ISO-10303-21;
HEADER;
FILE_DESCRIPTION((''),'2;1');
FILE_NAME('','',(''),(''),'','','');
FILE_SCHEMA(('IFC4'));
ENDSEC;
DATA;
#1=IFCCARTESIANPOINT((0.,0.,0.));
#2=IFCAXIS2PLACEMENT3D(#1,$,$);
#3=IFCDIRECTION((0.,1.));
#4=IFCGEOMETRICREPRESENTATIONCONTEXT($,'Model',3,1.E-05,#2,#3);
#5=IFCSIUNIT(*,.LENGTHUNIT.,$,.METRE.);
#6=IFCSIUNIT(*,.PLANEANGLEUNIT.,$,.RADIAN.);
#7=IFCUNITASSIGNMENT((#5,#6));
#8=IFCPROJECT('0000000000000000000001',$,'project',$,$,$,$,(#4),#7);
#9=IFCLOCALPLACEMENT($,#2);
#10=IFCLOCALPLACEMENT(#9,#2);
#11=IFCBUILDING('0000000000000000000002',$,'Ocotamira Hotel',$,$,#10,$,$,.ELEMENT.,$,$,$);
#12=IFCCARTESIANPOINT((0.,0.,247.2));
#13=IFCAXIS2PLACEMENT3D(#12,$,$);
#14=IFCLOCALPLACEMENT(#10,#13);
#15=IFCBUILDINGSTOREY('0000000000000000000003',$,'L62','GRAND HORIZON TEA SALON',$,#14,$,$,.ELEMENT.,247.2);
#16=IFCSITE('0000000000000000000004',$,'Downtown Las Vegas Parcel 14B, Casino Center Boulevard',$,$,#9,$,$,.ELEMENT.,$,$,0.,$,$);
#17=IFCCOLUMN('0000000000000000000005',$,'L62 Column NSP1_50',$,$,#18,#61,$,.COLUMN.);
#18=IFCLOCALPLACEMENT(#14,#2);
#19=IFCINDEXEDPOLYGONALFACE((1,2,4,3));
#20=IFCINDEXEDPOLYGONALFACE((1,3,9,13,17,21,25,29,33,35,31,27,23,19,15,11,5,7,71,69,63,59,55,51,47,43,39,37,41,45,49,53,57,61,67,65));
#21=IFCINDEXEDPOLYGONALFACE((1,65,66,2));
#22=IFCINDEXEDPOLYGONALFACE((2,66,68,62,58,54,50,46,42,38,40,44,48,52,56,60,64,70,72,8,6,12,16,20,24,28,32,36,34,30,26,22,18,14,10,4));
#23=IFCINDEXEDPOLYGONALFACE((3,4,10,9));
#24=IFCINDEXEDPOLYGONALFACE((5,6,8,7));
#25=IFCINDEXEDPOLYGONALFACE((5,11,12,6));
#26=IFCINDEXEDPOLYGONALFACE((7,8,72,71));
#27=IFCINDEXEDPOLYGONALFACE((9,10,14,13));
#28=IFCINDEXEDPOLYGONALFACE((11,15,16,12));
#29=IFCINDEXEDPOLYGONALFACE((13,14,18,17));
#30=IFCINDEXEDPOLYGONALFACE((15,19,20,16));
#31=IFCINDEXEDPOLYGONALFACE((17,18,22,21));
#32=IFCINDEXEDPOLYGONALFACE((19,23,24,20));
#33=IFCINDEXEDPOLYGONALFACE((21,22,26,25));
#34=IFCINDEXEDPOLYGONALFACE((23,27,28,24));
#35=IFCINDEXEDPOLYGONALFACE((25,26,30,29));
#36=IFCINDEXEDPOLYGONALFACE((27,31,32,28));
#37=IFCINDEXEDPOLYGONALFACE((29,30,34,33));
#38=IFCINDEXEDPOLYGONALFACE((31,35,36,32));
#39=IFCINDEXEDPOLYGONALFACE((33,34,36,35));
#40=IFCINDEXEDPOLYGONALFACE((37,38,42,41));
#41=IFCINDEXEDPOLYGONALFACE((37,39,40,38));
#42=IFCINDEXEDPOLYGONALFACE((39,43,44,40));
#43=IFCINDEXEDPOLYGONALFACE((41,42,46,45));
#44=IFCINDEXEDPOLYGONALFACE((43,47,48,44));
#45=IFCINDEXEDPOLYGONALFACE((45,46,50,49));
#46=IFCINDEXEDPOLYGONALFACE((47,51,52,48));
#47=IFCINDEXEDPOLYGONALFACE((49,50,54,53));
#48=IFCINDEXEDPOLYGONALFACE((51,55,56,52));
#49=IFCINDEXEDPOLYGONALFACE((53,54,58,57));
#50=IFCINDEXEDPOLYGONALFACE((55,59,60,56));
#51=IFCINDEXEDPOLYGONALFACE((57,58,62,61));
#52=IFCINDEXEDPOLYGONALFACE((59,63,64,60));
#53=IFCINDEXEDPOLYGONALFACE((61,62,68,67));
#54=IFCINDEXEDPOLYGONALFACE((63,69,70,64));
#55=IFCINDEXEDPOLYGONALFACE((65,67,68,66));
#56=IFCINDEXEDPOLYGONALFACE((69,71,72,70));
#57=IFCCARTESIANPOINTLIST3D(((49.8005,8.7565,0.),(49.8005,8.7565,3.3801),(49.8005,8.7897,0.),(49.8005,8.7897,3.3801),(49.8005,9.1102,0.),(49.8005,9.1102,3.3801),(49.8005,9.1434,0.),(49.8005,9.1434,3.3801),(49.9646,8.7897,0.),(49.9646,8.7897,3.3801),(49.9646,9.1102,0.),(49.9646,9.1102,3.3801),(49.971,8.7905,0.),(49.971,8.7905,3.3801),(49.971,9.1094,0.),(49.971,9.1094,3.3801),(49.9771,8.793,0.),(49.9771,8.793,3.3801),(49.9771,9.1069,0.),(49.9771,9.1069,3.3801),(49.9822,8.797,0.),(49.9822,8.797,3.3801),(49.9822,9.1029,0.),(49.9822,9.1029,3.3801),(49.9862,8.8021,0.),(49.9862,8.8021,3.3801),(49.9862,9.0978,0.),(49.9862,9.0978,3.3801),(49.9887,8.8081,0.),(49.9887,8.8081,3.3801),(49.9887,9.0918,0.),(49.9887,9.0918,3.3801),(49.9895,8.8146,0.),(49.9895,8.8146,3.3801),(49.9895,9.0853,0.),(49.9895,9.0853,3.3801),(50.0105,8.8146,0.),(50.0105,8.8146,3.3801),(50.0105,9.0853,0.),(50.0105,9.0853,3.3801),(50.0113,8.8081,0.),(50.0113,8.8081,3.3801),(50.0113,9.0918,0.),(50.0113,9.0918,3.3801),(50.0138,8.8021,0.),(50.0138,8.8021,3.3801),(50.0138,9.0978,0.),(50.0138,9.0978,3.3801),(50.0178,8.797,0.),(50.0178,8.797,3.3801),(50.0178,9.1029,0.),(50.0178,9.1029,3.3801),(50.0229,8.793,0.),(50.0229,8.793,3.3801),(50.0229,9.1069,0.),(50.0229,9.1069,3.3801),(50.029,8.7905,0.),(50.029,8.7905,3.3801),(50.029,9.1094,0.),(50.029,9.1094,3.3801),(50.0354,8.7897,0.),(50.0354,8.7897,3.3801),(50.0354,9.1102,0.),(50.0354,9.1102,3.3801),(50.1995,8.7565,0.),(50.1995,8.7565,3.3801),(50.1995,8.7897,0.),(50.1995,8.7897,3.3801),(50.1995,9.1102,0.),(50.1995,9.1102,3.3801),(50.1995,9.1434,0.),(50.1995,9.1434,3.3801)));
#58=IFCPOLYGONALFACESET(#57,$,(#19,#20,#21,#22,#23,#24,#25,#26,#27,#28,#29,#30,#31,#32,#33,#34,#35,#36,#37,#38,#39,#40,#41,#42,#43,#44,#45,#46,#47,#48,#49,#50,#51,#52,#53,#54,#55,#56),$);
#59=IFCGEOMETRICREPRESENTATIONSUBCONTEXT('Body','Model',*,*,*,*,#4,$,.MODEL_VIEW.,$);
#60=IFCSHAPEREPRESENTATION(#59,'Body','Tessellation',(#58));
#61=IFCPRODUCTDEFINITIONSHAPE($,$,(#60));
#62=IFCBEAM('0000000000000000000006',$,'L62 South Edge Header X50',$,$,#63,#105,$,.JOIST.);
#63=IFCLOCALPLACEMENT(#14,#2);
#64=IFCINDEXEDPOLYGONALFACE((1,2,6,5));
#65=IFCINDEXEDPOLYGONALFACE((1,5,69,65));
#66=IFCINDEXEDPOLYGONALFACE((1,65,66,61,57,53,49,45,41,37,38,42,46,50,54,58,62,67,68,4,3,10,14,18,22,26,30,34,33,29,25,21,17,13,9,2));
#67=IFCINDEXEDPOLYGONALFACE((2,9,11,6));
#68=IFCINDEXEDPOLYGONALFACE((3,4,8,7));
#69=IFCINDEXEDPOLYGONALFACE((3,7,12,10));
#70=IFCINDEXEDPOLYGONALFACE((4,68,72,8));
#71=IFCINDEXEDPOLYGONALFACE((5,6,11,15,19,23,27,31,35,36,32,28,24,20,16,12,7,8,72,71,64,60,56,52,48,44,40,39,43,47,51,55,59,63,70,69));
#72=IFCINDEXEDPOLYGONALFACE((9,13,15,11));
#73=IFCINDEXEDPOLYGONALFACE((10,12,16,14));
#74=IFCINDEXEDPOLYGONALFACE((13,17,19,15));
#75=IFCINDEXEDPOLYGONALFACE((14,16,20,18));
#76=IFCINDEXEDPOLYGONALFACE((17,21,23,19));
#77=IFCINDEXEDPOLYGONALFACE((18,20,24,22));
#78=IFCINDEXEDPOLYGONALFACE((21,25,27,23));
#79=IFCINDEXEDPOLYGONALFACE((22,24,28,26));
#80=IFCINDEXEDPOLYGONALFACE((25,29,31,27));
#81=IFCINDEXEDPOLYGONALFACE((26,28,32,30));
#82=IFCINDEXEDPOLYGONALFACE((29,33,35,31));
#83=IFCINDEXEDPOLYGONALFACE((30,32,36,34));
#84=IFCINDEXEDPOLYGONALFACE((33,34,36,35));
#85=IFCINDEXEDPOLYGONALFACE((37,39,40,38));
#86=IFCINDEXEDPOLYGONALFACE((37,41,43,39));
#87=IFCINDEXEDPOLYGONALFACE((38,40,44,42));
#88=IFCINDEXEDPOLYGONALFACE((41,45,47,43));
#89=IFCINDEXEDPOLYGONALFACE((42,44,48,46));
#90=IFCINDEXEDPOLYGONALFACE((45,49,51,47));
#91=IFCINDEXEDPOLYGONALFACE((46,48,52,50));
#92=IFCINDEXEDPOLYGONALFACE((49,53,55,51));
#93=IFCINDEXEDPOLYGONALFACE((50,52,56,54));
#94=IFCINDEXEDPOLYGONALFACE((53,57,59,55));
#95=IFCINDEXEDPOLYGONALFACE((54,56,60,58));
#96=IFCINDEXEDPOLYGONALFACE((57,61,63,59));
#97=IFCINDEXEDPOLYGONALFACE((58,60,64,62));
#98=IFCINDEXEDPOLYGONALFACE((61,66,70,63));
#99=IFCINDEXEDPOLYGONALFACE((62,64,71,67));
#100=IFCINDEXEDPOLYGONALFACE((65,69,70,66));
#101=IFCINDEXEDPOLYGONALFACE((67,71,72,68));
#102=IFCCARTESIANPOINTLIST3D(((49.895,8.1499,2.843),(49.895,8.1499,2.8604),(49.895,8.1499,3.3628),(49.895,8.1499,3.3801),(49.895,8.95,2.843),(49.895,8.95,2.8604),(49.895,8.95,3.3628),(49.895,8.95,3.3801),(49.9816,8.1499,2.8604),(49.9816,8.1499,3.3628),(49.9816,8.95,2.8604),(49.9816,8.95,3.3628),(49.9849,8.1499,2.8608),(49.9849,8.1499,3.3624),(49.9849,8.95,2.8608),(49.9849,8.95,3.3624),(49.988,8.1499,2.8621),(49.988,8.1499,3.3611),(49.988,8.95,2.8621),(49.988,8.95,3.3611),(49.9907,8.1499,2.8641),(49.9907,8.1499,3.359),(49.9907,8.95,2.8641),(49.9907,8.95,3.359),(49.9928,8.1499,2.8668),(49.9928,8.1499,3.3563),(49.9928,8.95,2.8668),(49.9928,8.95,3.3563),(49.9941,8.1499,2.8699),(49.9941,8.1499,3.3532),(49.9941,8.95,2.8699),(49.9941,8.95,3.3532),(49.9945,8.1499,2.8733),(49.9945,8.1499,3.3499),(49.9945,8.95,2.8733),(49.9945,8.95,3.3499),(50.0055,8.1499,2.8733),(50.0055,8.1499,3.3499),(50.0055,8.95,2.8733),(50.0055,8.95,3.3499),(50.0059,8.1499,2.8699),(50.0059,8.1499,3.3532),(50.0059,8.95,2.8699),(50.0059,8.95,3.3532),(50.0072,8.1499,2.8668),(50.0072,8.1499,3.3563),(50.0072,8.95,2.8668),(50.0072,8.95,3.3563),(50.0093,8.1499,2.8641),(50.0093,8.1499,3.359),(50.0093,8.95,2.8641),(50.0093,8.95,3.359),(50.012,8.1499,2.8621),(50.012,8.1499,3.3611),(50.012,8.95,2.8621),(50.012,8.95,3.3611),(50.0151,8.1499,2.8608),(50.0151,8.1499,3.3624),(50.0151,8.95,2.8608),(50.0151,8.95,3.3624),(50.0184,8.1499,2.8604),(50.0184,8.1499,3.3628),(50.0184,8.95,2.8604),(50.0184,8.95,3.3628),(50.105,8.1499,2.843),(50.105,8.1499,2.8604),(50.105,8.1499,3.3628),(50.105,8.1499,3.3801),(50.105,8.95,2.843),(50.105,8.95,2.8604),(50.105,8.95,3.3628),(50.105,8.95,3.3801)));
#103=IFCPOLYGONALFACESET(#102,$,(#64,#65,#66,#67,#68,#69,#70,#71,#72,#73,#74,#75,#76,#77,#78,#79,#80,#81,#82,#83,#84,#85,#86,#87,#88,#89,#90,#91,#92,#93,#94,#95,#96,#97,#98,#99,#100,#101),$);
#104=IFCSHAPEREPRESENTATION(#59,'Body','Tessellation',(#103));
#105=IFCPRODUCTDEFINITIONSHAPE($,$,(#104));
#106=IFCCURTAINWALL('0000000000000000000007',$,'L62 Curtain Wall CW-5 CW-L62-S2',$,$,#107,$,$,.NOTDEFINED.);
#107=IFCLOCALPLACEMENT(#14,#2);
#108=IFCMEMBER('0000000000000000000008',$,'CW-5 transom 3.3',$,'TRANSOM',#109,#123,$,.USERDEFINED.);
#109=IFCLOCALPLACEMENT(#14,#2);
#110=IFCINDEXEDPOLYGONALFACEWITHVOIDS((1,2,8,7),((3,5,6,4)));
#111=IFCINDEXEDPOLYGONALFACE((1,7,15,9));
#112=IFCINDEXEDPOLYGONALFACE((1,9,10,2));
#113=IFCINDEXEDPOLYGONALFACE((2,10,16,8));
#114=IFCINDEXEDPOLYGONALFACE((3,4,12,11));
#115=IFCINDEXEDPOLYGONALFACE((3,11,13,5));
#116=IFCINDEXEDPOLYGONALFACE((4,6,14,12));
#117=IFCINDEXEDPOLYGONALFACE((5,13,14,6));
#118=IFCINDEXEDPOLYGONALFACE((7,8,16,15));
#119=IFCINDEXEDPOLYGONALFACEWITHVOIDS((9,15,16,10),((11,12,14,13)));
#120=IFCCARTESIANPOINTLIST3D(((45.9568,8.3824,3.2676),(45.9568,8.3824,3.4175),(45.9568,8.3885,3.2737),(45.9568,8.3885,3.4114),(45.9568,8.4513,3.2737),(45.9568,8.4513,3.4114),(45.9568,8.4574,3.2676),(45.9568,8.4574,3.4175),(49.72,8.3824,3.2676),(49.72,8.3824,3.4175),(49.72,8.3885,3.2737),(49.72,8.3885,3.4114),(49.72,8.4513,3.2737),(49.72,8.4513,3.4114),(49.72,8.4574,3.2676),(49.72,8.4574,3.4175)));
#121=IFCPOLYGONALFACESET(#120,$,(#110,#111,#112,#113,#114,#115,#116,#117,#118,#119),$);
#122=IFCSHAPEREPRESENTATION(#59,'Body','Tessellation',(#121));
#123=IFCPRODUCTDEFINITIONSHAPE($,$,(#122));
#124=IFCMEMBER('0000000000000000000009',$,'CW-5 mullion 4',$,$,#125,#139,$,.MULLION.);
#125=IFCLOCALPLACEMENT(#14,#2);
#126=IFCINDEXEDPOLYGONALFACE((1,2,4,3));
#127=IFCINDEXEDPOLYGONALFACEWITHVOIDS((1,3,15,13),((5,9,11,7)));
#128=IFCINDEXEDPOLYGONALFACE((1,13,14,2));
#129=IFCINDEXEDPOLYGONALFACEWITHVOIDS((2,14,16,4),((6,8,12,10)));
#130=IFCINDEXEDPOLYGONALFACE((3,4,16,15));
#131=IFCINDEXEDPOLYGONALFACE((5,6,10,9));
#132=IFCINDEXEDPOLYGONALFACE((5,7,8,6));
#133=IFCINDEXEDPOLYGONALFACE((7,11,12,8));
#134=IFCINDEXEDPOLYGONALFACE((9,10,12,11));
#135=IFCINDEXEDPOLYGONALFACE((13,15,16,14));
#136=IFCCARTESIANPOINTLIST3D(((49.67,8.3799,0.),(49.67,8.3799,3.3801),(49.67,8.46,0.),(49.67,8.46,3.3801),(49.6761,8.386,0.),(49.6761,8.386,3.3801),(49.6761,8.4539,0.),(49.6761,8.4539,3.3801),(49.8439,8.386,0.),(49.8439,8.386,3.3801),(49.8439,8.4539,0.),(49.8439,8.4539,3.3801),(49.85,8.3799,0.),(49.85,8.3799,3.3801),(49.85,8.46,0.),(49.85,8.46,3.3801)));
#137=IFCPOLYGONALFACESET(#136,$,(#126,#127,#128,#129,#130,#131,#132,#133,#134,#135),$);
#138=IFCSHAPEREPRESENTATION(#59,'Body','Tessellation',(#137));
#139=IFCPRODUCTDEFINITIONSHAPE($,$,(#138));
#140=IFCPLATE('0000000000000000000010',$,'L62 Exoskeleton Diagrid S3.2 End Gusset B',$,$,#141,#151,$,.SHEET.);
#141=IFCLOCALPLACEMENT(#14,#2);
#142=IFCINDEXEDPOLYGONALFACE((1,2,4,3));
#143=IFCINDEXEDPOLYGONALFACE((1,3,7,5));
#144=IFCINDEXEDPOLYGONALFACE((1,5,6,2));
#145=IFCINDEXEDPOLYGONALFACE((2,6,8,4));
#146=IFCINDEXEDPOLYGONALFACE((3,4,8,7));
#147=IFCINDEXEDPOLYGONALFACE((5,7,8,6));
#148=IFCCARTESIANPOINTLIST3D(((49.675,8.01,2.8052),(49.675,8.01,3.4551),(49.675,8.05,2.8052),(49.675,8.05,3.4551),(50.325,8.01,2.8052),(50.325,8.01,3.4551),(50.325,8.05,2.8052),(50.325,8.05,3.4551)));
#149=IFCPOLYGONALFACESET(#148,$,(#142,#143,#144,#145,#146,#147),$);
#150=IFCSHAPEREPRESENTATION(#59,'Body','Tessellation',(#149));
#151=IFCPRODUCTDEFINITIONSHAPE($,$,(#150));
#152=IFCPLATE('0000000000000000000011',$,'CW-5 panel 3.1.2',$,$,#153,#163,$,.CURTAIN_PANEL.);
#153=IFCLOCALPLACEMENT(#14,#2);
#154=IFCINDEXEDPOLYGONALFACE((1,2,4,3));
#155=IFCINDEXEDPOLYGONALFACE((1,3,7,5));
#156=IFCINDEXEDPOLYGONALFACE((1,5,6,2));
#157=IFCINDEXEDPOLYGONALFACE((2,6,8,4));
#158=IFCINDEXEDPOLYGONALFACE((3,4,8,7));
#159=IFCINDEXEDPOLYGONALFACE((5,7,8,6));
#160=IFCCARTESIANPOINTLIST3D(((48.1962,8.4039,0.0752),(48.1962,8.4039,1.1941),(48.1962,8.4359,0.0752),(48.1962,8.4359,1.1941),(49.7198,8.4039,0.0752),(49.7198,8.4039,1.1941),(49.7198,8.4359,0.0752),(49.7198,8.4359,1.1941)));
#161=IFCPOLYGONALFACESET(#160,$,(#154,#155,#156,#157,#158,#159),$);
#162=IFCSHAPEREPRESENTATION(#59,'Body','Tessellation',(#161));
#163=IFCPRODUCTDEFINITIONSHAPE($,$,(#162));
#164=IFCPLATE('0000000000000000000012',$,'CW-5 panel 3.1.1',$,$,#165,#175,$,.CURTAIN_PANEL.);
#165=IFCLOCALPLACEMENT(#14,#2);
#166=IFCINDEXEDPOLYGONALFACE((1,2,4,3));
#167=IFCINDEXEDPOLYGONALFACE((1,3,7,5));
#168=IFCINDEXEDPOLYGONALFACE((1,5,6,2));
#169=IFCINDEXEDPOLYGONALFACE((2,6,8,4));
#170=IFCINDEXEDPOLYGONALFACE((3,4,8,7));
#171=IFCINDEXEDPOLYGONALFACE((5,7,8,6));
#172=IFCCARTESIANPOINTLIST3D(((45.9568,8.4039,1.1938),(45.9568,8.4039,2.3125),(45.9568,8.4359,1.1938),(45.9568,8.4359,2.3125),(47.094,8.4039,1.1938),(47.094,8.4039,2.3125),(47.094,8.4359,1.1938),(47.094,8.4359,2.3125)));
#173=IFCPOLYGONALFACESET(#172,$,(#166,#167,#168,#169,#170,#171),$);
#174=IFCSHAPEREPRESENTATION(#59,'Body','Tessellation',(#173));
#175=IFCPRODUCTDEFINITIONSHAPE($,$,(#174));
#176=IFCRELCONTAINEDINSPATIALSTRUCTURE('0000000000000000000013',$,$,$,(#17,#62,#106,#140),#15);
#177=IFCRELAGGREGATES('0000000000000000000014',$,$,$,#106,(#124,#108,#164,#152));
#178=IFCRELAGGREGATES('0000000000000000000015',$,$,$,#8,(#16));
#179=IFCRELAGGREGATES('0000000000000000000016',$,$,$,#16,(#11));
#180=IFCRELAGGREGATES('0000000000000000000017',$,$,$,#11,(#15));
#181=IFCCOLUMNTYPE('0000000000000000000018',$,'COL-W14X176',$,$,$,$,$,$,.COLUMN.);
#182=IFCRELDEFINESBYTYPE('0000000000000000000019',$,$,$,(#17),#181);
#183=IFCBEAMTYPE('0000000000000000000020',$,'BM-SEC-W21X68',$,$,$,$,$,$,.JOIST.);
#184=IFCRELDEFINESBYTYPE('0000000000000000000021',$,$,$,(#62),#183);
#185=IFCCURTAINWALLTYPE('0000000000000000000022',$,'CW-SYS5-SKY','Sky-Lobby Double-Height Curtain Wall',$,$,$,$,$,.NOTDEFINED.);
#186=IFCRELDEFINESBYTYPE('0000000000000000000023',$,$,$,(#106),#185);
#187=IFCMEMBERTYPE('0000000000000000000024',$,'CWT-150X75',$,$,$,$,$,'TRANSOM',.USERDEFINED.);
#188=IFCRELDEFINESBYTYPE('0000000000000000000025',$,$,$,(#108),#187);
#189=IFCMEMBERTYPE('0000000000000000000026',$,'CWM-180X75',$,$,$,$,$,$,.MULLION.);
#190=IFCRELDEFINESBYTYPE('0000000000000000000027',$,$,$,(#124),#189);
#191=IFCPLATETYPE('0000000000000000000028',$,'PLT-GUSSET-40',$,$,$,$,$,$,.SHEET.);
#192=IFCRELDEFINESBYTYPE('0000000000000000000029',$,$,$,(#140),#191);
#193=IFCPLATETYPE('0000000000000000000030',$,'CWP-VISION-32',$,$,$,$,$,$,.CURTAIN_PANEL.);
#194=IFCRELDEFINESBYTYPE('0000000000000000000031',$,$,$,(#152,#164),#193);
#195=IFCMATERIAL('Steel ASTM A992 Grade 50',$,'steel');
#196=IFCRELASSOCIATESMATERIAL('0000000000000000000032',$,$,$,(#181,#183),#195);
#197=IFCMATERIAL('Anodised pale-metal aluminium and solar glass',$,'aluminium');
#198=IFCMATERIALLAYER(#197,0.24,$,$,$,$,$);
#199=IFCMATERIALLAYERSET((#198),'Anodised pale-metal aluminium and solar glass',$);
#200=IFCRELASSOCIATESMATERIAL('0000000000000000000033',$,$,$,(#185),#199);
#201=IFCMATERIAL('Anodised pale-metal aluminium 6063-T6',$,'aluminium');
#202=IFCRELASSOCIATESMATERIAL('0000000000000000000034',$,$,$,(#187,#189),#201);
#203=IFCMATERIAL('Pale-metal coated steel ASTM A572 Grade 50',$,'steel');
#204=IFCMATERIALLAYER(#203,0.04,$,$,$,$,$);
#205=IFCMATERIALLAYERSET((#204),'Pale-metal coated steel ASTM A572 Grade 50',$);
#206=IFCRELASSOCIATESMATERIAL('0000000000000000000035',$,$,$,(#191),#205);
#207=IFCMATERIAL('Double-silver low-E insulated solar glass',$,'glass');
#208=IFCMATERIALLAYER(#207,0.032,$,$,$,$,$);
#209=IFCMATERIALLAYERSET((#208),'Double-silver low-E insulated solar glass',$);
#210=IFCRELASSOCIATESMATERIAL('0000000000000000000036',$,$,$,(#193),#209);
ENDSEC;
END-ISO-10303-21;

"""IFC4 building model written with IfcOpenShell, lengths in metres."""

from ifc_helpers import new_model, si_unit, direction, frame, origin, origin_2d, place, context, subcontext, project, spatial, rectangle, hollow_rectangle, i_section, extrude, source, transform, mapped, material, layer, layer_set, material_profile, profile_set, type_object, element, aggregate, save


model = new_model("IFC4")

# Units and contexts
model_context = context("Model", 3, precision=1e-05, world=origin(), true_north=direction((0.0, 1.0)))
body_context = subcontext(model_context, "Body", "Model", "MODEL_VIEW")
ifc_project = project(units=[si_unit("LENGTHUNIT", "METRE"), si_unit("PLANEANGLEUNIT", "RADIAN")], contexts=[model_context])

# Site, building, storey
site_placement = place(None, origin())
site = spatial("IfcSite", under=ifc_project, at=site_placement, Name="Downtown Las Vegas Parcel 14B, Casino Center Boulevard", CompositionType="ELEMENT", RefElevation=0.0)
building_placement = place(site_placement, origin())
building = spatial("IfcBuilding", under=site, at=building_placement, Name="Ocotamira Hotel", CompositionType="ELEMENT")
storey_placement = place(building_placement, frame((0.0, 0.0, 247.2)))
storey = spatial("IfcBuildingStorey", under=building, at=storey_placement, Name="L62", Description="GRAND HORIZON TEA SALON", CompositionType="ELEMENT", Elevation=247.2)

# Column
ifc_material_1 = material(Name="Steel ASTM A992 Grade 50", Category="steel")
ifc_material_profile_1 = material_profile(ifc_material_1, i_section(OverallWidth=0.3989, OverallDepth=0.387, WebThickness=0.021, FlangeThickness=0.0332, FilletRadius=0.0249, at=origin_2d()), Name="W14X176")
ifc_profile_set_1 = profile_set([ifc_material_profile_1], Name="Steel ASTM A992 Grade 50")
column_type = type_object("IfcColumnType", Name="COL-W14X176", PredefinedType="COLUMN", material=ifc_profile_set_1)
shared_shape_1 = source(origin(), body_context, "Body", "SweptSolid", [
    extrude(i_section(OverallWidth=0.3989, OverallDepth=0.387, WebThickness=0.021, FlangeThickness=0.0332, FilletRadius=0.0249, at=origin_2d()), origin(), (0.0, 0.0, 1.0), 3.3801),
])
column_placement = place(storey_placement, frame((50.0, 8.95, 0.0), z_axis=(0.0, 0.0, 1.0), x_axis=(1.0, 0.0, 0.0)))
element("IfcColumn", 1, at=column_placement, inside=storey, type_object=column_type, Name="L62 Column NSP1_50", PredefinedType="COLUMN", context=body_context, shape_type="MappedRepresentation", body=[
    mapped(shared_shape_1, transform((0.0, 0.0, 0.0), scale=1.0)),
])

# Beam
ifc_material_profile_2 = material_profile(ifc_material_1, i_section(OverallWidth=0.21, OverallDepth=0.5371, WebThickness=0.011, FlangeThickness=0.0173, FilletRadius=0.0129, at=origin_2d()), Name="W21X68")
ifc_profile_set_2 = profile_set([ifc_material_profile_2], Name="Steel ASTM A992 Grade 50")
beam_type = type_object("IfcBeamType", Name="BM-SEC-W21X68", PredefinedType="JOIST", material=ifc_profile_set_2)
shared_shape_2 = source(origin(), body_context, "Body", "SweptSolid", [
    extrude(i_section(OverallWidth=0.21, OverallDepth=0.5371, WebThickness=0.011, FlangeThickness=0.0173, FilletRadius=0.0129, at=origin_2d()), origin(), (0.0, 0.0, 1.0), 0.8),
])
beam_placement = place(storey_placement, frame((50.0, 8.95, 3.1116), z_axis=(0.0, -1.0, 0.0), x_axis=(1.0, 0.0, 0.0)))
element("IfcBeam", 2, at=beam_placement, inside=storey, type_object=beam_type, Name="L62 South Edge Header X50", PredefinedType="JOIST", context=body_context, shape_type="MappedRepresentation", body=[
    mapped(shared_shape_2, transform((0.0, 0.0, 0.0), scale=1.0)),
])

# Curtain wall, members
ifc_material_2 = material(Name="Anodised pale-metal aluminium and solar glass", Category="aluminium")
ifc_layer_1 = layer(ifc_material_2, 0.24)
ifc_layer_set_1 = layer_set([ifc_layer_1], Name="Anodised pale-metal aluminium and solar glass")
curtain_wall_type = type_object("IfcCurtainWallType", Name="CW-SYS5-SKY", Description="Sky-Lobby Double-Height Curtain Wall", PredefinedType="NOTDEFINED", material=ifc_layer_set_1)
curtain_wall_placement = place(storey_placement, origin())
curtain_wall = element("IfcCurtainWall", 3, at=curtain_wall_placement, inside=storey, type_object=curtain_wall_type, Name="L62 Curtain Wall CW-5 CW-L62-S2", PredefinedType="NOTDEFINED")
ifc_material_3 = material(Name="Anodised pale-metal aluminium 6063-T6", Category="aluminium")
ifc_material_profile_3 = material_profile(ifc_material_3, hollow_rectangle(XDim=0.075, YDim=0.1499, WallThickness=0.0061, at=origin_2d()), Name="HSS150X75X6")
ifc_profile_set_3 = profile_set([ifc_material_profile_3], Name="Anodised pale-metal aluminium 6063-T6")
member_type_1 = type_object("IfcMemberType", Name="CWT-150X75", ElementType="TRANSOM", PredefinedType="USERDEFINED", material=ifc_profile_set_3)
shared_shape_3 = source(origin(), body_context, "Body", "SweptSolid", [
    extrude(hollow_rectangle(XDim=0.075, YDim=0.1499, WallThickness=0.0061, at=origin_2d()), origin(), (0.0, 0.0, 1.0), 3.7632),
])
member_1_placement = place(storey_placement, frame((45.9568, 8.4199, 3.3425), z_axis=(1.0, 0.0, 0.0), x_axis=(0.0, 1.0, 0.0)))
member_1 = element("IfcMember", 4, at=member_1_placement, type_object=member_type_1, Name="CW-5 transom 3.3", ObjectType="TRANSOM", PredefinedType="USERDEFINED", context=body_context, shape_type="MappedRepresentation", body=[
    mapped(shared_shape_3, transform((0.0, 0.0, 0.0), scale=1.0)),
])
ifc_material_profile_4 = material_profile(ifc_material_3, hollow_rectangle(XDim=0.0801, YDim=0.1799, WallThickness=0.0061, at=origin_2d()), Name="HSS180X80X6")
ifc_profile_set_4 = profile_set([ifc_material_profile_4], Name="Anodised pale-metal aluminium 6063-T6")
member_type_2 = type_object("IfcMemberType", Name="CWM-180X75", PredefinedType="MULLION", material=ifc_profile_set_4)
shared_shape_4 = source(origin(), body_context, "Body", "SweptSolid", [
    extrude(hollow_rectangle(XDim=0.0801, YDim=0.1799, WallThickness=0.0061, at=origin_2d()), origin(), (0.0, 0.0, 1.0), 3.3801),
])
member_2_placement = place(storey_placement, frame((49.76, 8.4199, 0.0), z_axis=(0.0, 0.0, 1.0), x_axis=(0.0, 1.0, 0.0)))
member_2 = element("IfcMember", 5, at=member_2_placement, type_object=member_type_2, Name="CW-5 mullion 4", PredefinedType="MULLION", context=body_context, shape_type="MappedRepresentation", body=[
    mapped(shared_shape_4, transform((0.0, 0.0, 0.0), scale=1.0)),
])

# Plates
ifc_material_4 = material(Name="Pale-metal coated steel ASTM A572 Grade 50", Category="steel")
ifc_layer_2 = layer(ifc_material_4, 0.04)
ifc_layer_set_2 = layer_set([ifc_layer_2], Name="Pale-metal coated steel ASTM A572 Grade 50")
plate_type_1 = type_object("IfcPlateType", Name="PLT-GUSSET-40", PredefinedType="SHEET", material=ifc_layer_set_2)
shared_shape_5 = source(origin(), body_context, "Body", "SweptSolid", [
    extrude(rectangle(XDim=0.6499, YDim=0.04, at=origin_2d()), origin(), (0.0, 0.0, 1.0), 0.6499),
])
plate_1_placement = place(storey_placement, frame((50.0, 8.03, 2.8052), z_axis=(0.0, 0.0, 1.0), x_axis=(1.0, 0.0, 0.0)))
element("IfcPlate", 6, at=plate_1_placement, inside=storey, type_object=plate_type_1, Name="L62 Exoskeleton Diagrid S3.2 End Gusset B", PredefinedType="SHEET", context=body_context, shape_type="MappedRepresentation", body=[
    mapped(shared_shape_5, transform((0.0, 0.0, 0.0), scale=1.0)),
])
ifc_material_5 = material(Name="Double-silver low-E insulated solar glass", Category="glass")
ifc_layer_3 = layer(ifc_material_5, 0.032)
ifc_layer_set_3 = layer_set([ifc_layer_3], Name="Double-silver low-E insulated solar glass")
plate_type_2 = type_object("IfcPlateType", Name="CWP-VISION-32", PredefinedType="CURTAIN_PANEL", material=ifc_layer_set_3)
shared_shape_6 = source(origin(), body_context, "Body", "SweptSolid", [
    extrude(rectangle(XDim=1.5237, YDim=0.032, at=origin_2d()), origin(), (0.0, 0.0, 1.0), 1.1189),
])
plate_2_placement = place(storey_placement, frame((48.958, 8.4199, 0.0752), z_axis=(0.0, 0.0, 1.0), x_axis=(1.0, 0.0, 0.0)))
plate_2 = element("IfcPlate", 7, at=plate_2_placement, type_object=plate_type_2, Name="CW-5 panel 3.1.2", PredefinedType="CURTAIN_PANEL", context=body_context, shape_type="MappedRepresentation", body=[
    mapped(shared_shape_6, transform((0.0, 0.0, 0.0), scale=1.0)),
])
shared_shape_7 = source(origin(), body_context, "Body", "SweptSolid", [
    extrude(rectangle(XDim=1.1372, YDim=0.032, at=origin_2d()), origin(), (0.0, 0.0, 1.0), 1.1187),
])
plate_3_placement = place(storey_placement, frame((46.5254, 8.4199, 1.1938), z_axis=(0.0, 0.0, 1.0), x_axis=(1.0, 0.0, 0.0)))
plate_3 = element("IfcPlate", 8, at=plate_3_placement, type_object=plate_type_2, Name="CW-5 panel 3.1.1", PredefinedType="CURTAIN_PANEL", context=body_context, shape_type="MappedRepresentation", body=[
    mapped(shared_shape_7, transform((0.0, 0.0, 0.0), scale=1.0)),
])
aggregate(curtain_wall, [member_2, member_1, plate_3, plate_2])

save(model, "model.ifc")
